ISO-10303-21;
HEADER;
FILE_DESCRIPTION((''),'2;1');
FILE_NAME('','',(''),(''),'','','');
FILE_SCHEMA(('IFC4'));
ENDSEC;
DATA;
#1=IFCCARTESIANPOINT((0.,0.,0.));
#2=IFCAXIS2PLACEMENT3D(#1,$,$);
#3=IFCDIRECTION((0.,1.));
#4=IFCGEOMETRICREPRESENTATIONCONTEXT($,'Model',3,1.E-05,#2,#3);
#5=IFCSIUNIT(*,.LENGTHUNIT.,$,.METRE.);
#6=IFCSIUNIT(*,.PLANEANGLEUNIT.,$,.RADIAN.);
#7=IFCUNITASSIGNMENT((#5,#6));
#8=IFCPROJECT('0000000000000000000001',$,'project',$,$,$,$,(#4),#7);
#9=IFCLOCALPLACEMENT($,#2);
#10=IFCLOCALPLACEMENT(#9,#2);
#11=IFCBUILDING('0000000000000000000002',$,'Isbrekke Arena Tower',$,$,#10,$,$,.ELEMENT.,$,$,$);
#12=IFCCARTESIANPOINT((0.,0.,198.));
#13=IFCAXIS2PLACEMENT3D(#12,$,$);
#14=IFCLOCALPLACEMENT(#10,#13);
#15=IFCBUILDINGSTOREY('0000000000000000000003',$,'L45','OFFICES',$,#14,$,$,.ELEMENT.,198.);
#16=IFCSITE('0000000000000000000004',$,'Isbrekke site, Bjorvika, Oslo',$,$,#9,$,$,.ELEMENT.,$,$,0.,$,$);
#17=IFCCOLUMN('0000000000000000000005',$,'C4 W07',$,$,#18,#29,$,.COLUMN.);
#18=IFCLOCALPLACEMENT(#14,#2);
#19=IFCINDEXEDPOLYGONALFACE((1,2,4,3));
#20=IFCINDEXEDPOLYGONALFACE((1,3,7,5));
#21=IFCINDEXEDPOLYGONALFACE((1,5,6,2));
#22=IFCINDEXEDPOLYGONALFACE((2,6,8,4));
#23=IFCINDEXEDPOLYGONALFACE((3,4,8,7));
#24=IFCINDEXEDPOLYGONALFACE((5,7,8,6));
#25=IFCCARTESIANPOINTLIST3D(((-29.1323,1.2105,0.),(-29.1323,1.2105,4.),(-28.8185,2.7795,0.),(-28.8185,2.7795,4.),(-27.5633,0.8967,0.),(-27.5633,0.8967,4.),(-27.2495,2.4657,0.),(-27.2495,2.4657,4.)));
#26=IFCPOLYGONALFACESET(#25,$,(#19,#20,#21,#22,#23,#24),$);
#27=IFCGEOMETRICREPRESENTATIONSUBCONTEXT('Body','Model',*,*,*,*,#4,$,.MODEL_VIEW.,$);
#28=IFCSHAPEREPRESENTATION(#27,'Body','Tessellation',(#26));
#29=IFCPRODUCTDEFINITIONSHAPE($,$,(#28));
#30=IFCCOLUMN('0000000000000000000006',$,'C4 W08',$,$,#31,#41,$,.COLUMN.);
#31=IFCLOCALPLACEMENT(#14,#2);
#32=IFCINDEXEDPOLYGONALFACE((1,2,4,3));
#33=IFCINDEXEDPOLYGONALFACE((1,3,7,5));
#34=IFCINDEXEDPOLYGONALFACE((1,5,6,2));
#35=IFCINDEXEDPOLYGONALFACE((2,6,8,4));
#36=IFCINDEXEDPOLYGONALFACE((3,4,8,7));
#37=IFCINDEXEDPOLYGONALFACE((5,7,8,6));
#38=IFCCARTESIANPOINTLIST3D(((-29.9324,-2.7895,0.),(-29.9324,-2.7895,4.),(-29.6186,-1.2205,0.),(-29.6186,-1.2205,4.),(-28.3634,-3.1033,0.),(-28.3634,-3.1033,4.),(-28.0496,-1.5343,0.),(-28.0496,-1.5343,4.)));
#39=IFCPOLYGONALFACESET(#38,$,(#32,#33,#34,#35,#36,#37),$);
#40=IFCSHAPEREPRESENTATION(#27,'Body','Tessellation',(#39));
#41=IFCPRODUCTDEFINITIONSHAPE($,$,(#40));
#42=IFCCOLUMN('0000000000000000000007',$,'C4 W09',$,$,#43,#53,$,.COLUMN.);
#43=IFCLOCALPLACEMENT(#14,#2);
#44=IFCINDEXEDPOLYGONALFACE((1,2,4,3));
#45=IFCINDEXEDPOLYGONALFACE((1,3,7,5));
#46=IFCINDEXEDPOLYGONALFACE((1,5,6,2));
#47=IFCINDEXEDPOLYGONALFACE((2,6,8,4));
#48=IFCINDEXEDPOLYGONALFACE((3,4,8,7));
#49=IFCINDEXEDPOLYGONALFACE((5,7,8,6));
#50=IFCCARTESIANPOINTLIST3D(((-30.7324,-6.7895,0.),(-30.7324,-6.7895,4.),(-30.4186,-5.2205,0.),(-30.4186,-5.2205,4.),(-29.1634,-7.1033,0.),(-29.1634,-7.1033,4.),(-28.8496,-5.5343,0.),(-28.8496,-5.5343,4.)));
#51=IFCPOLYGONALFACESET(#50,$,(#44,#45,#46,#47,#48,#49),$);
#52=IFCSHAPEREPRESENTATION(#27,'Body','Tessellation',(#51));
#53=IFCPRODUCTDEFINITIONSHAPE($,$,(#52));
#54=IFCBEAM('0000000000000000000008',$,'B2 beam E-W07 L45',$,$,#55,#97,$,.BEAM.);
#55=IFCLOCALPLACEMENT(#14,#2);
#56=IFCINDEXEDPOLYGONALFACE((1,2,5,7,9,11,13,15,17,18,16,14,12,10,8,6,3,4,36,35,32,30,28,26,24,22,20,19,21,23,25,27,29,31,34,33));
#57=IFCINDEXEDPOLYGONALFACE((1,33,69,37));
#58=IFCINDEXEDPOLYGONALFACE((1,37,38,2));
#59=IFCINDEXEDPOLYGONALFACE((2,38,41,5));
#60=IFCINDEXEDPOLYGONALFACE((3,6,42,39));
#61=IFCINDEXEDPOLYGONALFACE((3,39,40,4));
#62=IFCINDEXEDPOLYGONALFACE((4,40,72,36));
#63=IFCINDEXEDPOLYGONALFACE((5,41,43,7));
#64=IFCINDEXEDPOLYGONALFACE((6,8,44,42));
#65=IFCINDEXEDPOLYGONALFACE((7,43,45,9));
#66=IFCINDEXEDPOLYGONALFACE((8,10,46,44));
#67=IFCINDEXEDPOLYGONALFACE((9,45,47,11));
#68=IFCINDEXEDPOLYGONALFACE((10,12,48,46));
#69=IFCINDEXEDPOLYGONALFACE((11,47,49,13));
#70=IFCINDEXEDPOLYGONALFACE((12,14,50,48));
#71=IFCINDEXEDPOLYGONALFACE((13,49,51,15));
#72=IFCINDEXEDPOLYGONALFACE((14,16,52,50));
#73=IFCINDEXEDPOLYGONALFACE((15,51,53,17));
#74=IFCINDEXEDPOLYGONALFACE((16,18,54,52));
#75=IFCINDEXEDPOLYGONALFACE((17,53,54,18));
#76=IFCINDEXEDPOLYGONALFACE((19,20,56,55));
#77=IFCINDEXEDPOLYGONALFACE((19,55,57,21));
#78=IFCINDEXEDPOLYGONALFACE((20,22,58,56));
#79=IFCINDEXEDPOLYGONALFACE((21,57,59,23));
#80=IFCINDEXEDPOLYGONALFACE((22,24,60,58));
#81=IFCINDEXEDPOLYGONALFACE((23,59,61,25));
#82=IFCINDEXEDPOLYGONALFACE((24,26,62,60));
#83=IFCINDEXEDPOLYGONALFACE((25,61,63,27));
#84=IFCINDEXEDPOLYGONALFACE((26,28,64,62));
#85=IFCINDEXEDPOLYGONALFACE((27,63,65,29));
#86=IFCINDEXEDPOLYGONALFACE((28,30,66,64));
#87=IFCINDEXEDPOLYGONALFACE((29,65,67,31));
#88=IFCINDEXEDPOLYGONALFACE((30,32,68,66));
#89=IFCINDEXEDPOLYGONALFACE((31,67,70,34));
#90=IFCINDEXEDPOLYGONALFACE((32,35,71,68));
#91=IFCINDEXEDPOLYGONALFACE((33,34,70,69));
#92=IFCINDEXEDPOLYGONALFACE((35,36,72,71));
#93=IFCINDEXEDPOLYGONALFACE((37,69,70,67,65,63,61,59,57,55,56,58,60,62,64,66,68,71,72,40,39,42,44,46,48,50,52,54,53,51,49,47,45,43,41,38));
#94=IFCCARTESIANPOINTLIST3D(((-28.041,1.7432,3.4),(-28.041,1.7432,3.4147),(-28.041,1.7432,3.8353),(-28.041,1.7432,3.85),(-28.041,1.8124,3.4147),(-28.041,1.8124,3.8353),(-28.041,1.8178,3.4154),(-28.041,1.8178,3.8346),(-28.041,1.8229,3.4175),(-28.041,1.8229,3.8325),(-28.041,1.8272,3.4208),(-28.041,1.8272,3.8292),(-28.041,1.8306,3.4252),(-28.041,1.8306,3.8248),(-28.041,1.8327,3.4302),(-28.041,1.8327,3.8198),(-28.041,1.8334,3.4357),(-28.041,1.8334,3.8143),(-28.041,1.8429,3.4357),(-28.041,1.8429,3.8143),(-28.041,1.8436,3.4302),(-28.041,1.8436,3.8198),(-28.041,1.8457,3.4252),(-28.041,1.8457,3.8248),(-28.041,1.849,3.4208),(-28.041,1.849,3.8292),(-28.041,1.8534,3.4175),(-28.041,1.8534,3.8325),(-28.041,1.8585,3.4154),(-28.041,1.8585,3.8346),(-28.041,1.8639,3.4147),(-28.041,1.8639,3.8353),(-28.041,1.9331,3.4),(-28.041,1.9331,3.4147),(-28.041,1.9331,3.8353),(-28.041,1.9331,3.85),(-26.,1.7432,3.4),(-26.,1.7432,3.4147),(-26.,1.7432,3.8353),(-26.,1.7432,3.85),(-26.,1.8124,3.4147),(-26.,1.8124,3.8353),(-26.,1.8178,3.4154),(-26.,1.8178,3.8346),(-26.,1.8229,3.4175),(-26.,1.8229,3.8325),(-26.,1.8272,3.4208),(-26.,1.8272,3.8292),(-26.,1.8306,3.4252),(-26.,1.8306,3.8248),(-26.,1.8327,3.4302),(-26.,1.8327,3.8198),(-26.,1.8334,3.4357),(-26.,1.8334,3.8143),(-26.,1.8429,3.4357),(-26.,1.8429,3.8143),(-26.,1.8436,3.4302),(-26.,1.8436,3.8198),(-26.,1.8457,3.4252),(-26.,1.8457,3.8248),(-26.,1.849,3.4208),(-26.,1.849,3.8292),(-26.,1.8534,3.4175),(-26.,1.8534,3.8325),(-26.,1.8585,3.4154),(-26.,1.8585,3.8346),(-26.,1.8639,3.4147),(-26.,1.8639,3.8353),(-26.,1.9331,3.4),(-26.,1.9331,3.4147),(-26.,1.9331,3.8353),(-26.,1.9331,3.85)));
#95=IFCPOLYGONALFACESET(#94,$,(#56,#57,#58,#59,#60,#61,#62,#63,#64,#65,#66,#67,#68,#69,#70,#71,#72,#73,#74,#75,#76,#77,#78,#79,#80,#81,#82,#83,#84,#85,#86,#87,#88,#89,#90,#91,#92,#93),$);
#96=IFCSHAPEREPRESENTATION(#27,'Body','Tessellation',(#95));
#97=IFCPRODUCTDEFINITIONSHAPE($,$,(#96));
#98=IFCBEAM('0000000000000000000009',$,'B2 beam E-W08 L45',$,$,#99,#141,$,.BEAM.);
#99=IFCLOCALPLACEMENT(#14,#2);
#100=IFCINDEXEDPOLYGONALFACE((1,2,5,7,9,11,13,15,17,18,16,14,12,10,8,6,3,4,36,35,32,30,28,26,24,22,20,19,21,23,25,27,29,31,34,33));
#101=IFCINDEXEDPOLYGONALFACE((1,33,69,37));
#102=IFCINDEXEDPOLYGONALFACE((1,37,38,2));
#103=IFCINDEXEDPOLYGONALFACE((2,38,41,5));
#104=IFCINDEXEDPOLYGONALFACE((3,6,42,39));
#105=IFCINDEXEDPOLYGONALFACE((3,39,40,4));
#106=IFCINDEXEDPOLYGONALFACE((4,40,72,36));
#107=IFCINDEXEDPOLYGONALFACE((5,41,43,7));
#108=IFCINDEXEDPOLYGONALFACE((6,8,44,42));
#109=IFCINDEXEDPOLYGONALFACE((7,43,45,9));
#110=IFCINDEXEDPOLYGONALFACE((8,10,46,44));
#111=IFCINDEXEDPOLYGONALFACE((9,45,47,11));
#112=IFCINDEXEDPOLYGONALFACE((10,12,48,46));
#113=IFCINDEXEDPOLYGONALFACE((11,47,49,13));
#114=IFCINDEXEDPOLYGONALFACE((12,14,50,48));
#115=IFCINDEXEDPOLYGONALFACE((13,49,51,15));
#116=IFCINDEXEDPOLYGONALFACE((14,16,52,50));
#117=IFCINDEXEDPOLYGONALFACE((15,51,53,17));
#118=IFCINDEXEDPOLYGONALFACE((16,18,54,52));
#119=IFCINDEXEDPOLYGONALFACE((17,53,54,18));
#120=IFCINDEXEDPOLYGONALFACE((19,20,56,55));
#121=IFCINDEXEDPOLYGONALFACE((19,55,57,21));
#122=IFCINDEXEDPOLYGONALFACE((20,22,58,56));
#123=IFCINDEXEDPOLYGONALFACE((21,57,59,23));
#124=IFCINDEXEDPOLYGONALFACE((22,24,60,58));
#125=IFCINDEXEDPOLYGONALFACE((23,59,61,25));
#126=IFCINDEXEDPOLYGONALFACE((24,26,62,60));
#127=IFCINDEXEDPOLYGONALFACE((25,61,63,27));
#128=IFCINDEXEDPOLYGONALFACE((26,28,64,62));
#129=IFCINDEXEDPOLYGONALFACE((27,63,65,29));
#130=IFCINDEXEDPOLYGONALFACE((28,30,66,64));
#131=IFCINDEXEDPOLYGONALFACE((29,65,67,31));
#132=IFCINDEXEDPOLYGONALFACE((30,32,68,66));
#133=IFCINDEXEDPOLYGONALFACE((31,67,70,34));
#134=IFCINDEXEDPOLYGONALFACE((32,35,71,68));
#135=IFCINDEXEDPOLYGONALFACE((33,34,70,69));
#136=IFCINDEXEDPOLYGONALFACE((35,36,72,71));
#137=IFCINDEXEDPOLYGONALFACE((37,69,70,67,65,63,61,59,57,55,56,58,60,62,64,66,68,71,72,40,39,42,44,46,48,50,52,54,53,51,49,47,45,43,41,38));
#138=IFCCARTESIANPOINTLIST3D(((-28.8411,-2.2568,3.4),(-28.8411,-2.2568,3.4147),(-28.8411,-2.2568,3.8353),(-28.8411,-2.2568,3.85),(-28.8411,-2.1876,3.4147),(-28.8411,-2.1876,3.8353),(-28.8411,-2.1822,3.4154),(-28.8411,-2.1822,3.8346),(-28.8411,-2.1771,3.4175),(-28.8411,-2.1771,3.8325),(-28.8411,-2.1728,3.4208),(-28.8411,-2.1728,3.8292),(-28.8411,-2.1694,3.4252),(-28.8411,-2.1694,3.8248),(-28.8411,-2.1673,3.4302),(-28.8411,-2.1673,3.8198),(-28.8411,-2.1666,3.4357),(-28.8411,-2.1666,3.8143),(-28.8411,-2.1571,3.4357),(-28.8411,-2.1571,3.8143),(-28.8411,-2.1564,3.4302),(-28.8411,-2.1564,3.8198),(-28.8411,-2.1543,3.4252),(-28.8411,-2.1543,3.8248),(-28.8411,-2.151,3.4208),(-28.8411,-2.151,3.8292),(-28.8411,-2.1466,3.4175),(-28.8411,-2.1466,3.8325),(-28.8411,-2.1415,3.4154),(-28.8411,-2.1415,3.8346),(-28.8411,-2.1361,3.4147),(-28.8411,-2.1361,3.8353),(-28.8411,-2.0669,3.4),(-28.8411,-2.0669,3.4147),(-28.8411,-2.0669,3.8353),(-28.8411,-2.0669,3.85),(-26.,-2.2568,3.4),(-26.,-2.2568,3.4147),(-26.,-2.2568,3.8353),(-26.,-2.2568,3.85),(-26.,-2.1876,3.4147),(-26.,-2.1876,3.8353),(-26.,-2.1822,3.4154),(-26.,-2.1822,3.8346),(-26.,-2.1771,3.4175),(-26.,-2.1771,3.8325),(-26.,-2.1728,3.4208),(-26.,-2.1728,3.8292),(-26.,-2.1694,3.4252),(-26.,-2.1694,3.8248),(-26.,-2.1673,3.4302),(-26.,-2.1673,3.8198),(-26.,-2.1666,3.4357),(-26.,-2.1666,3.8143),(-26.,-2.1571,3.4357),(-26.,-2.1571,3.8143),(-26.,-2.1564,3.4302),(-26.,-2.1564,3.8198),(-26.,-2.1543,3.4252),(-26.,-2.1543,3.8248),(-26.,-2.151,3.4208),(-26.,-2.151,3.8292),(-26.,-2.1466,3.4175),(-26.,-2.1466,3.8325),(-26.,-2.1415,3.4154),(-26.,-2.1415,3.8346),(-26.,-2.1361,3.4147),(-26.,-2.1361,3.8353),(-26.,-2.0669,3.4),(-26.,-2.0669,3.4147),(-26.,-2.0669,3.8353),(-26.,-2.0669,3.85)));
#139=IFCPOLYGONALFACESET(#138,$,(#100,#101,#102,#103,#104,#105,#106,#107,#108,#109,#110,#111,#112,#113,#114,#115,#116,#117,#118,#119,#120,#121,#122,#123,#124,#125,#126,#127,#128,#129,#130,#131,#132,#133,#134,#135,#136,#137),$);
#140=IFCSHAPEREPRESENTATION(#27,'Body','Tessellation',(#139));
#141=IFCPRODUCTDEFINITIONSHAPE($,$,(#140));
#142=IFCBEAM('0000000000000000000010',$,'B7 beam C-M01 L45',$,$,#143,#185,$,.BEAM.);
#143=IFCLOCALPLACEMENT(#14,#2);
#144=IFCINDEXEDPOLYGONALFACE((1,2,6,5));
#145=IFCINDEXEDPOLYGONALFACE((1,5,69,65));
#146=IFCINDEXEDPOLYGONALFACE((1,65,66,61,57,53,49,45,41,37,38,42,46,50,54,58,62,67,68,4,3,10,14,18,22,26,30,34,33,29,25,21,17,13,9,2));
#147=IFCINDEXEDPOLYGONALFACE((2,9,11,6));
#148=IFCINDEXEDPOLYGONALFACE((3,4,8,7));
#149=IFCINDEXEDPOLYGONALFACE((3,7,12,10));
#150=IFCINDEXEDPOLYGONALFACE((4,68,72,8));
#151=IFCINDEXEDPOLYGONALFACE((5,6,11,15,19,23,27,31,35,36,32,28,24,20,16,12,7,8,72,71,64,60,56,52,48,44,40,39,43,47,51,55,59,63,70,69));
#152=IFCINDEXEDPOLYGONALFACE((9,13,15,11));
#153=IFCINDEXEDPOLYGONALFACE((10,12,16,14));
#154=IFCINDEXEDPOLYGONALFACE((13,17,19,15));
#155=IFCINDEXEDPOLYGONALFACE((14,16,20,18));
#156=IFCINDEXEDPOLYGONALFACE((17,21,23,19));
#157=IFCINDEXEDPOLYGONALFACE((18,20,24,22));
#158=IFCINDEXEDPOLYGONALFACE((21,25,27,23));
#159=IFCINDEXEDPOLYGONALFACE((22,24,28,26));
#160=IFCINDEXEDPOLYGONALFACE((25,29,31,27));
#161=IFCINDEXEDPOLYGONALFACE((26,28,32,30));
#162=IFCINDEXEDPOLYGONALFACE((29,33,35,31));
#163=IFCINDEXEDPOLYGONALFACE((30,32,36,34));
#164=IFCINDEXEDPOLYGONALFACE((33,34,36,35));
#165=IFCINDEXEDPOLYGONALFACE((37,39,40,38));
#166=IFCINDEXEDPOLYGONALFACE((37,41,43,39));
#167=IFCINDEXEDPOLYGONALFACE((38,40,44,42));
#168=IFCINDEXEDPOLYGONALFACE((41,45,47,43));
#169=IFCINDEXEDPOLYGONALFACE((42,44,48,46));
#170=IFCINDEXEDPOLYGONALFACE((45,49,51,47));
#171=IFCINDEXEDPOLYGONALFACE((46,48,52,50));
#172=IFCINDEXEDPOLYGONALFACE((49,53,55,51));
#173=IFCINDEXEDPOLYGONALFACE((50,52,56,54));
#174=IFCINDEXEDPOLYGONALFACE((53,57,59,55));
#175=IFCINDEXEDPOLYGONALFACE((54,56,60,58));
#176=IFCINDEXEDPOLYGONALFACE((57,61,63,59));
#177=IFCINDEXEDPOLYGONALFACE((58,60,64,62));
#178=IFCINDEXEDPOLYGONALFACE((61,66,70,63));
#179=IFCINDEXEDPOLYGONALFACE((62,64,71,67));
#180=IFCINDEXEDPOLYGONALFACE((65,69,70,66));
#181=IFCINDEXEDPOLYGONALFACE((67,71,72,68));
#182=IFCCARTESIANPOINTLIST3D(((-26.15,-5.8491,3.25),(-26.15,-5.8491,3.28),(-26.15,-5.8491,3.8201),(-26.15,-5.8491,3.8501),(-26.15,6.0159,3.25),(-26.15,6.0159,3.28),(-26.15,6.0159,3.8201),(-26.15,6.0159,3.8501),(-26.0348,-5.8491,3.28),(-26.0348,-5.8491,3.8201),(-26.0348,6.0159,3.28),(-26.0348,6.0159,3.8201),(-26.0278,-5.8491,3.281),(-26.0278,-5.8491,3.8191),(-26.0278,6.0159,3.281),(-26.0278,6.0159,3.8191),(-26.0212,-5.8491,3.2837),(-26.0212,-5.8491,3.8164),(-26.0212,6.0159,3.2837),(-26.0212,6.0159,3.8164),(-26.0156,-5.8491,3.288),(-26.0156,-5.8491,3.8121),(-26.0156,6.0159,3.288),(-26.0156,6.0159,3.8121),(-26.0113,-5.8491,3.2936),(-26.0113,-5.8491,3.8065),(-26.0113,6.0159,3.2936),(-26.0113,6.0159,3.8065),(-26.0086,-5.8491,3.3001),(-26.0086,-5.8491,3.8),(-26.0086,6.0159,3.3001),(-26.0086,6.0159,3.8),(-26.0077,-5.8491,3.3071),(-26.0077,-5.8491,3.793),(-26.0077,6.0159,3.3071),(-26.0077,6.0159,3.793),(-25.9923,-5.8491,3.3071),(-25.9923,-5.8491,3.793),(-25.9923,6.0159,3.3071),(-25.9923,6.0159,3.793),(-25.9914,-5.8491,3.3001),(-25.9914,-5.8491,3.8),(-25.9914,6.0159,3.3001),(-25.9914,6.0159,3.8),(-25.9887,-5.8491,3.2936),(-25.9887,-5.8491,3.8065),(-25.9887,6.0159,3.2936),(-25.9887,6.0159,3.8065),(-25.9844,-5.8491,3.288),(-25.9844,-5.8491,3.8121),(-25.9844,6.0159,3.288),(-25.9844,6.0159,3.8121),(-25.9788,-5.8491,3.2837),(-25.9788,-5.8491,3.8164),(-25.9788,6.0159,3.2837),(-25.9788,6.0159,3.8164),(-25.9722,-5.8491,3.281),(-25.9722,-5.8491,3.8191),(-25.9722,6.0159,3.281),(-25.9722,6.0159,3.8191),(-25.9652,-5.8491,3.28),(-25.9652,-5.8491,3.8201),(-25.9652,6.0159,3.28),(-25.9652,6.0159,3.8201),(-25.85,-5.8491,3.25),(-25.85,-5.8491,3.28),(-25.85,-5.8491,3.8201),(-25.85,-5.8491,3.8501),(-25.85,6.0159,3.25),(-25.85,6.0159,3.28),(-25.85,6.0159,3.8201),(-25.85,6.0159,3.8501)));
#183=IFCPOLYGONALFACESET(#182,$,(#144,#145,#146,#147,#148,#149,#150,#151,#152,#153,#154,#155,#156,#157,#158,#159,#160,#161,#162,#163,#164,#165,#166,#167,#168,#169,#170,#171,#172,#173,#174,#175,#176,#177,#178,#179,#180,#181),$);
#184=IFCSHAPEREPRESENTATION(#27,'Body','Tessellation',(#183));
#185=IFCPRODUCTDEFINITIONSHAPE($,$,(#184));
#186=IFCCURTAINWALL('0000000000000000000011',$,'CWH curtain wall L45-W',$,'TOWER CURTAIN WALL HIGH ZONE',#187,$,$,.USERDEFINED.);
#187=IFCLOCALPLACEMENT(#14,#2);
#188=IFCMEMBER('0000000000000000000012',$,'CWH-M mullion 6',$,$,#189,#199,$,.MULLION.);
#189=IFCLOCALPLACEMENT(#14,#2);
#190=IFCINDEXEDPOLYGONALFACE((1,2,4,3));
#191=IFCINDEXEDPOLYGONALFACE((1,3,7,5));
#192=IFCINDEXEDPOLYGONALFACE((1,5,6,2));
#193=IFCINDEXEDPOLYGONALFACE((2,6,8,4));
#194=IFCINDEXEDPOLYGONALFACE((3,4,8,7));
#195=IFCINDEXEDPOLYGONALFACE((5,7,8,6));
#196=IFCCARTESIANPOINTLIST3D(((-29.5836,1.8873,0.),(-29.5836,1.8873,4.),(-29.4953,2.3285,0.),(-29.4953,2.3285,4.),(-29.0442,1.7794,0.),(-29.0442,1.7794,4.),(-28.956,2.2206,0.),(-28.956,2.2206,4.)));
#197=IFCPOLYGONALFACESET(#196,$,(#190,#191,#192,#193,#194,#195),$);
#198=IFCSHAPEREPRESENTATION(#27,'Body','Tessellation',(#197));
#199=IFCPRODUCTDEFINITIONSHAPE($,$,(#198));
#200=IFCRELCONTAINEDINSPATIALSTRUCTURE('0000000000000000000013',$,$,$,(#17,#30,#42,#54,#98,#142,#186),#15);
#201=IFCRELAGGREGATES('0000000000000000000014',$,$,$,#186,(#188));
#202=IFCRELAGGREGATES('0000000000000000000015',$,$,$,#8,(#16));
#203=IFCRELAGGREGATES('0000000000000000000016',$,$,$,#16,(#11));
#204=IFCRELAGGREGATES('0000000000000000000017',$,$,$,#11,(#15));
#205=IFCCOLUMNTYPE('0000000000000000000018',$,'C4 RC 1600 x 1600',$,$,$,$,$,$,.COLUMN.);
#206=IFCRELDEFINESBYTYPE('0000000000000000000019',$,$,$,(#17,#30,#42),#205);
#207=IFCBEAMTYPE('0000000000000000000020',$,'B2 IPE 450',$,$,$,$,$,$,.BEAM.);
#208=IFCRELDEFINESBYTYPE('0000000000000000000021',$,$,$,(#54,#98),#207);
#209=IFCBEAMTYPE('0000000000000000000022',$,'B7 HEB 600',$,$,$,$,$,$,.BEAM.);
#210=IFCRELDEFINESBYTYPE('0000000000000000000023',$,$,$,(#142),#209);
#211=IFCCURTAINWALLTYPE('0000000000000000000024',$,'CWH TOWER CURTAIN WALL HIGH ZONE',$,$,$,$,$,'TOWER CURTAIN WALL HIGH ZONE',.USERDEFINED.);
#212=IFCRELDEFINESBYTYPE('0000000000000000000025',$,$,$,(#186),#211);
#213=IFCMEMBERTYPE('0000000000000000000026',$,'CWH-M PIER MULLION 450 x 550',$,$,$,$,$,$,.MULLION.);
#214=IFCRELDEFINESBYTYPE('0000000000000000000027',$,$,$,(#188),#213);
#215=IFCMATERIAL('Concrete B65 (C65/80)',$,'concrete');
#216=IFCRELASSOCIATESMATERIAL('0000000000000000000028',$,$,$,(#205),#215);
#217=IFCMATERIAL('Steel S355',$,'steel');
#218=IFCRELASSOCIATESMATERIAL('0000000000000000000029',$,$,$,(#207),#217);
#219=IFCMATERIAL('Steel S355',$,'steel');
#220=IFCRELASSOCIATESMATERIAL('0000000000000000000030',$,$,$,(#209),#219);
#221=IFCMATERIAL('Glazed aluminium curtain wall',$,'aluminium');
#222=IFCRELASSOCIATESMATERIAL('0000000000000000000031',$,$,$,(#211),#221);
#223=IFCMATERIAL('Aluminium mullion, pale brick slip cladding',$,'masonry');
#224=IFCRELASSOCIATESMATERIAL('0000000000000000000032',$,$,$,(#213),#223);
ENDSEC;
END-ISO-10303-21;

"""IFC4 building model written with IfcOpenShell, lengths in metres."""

from ifc_helpers import new_model, si_unit, direction, frame, origin, origin_2d, place, context, subcontext, project, spatial, rectangle, i_section, extrude, material, material_profile, profile_set, type_object, element, aggregate, save


model = new_model("IFC4")

# Units and contexts
model_context = context("Model", 3, precision=1e-05, world=origin(), true_north=direction((0.0, 1.0)))
body_context = subcontext(model_context, "Body", "Model", "MODEL_VIEW")
ifc_project = project(units=[si_unit("LENGTHUNIT", "METRE"), si_unit("PLANEANGLEUNIT", "RADIAN")], contexts=[model_context])

# Site, building, storey
site_placement = place(None, origin())
site = spatial("IfcSite", under=ifc_project, at=site_placement, Name="Isbrekke site, Bjorvika, Oslo", CompositionType="ELEMENT", RefElevation=0.0)
building_placement = place(site_placement, origin())
building = spatial("IfcBuilding", under=site, at=building_placement, Name="Isbrekke Arena Tower", CompositionType="ELEMENT")
storey_placement = place(building_placement, frame((0.0, 0.0, 198.0)))
storey = spatial("IfcBuildingStorey", under=building, at=storey_placement, Name="L45", Description="OFFICES", CompositionType="ELEMENT", Elevation=198.0)

# Columns
ifc_material_1 = material(Name="Concrete B65 (C65/80)", Category="concrete")
ifc_material_profile_1 = material_profile(ifc_material_1, rectangle(XDim=1.6001, YDim=1.6001, at=origin_2d()), Name="RC 1600x1600")
ifc_profile_set_1 = profile_set([ifc_material_profile_1], Name="Concrete B65 (C65/80)")
column_type = type_object("IfcColumnType", Name="C4 RC 1600 x 1600", PredefinedType="COLUMN", material=ifc_profile_set_1)
for number, where, z_axis, x_axis, name in (
    (1, (-28.1909, 1.8381, 0.0), (0.0, 0.0, 1.0), (-0.196116, -0.980581, 0.0), "C4 W07"),
    (2, (-28.991, -2.1619, 0.0), (0.0, 0.0, 1.0), (-0.196116, -0.980581, 0.0), "C4 W08"),
    (3, (-29.791, -6.1619, 0.0), (0.0, 0.0, 1.0), (-0.196116, -0.980581, 0.0), "C4 W09"),
):
    element("IfcColumn", number, at=place(storey_placement, frame(where, z_axis=z_axis, x_axis=x_axis)), inside=storey, type_object=column_type, Name=name, PredefinedType="COLUMN", context=body_context, shape_type="SweptSolid", body=[
        extrude(rectangle(XDim=1.6001, YDim=1.6001, at=origin_2d()), origin(), (0.0, 0.0, 1.0), 4.0),
    ])

# Beams
ifc_material_2 = material(Name="Steel S355", Category="steel")
ifc_material_profile_2 = material_profile(ifc_material_2, i_section(OverallWidth=0.1899, OverallDepth=0.45, WebThickness=0.0095, FlangeThickness=0.0146, FilletRadius=0.021, at=origin_2d()), Name="IPE 450")
ifc_profile_set_2 = profile_set([ifc_material_profile_2], Name="Steel S355")
beam_type_1 = type_object("IfcBeamType", Name="B2 IPE 450", PredefinedType="BEAM", material=ifc_profile_set_2)
beam_1_placement = place(storey_placement, frame((-28.041, 1.8381, 3.625), z_axis=(1.0, 0.0, 0.0), x_axis=(0.0, 1.0, 0.0)))
element("IfcBeam", 4, at=beam_1_placement, inside=storey, type_object=beam_type_1, Name="B2 beam E-W07 L45", PredefinedType="BEAM", context=body_context, shape_type="SweptSolid", body=[
    extrude(i_section(OverallWidth=0.1899, OverallDepth=0.45, WebThickness=0.0095, FlangeThickness=0.0146, FilletRadius=0.021, at=origin_2d()), origin(), (0.0, 0.0, 1.0), 2.041),
])
beam_2_placement = place(storey_placement, frame((-28.8411, -2.1619, 3.625), z_axis=(1.0, 0.0, 0.0), x_axis=(0.0, 1.0, 0.0)))
element("IfcBeam", 5, at=beam_2_placement, inside=storey, type_object=beam_type_1, Name="B2 beam E-W08 L45", PredefinedType="BEAM", context=body_context, shape_type="SweptSolid", body=[
    extrude(i_section(OverallWidth=0.1899, OverallDepth=0.45, WebThickness=0.0095, FlangeThickness=0.0146, FilletRadius=0.021, at=origin_2d()), origin(), (0.0, 0.0, 1.0), 2.8411),
])
ifc_material_3 = material(Name="Steel S355", Category="steel")
ifc_material_profile_3 = material_profile(ifc_material_3, i_section(OverallWidth=0.3, OverallDepth=0.6001, WebThickness=0.0154, FlangeThickness=0.03, FilletRadius=0.0271, at=origin_2d()), Name="HEB 600")
ifc_profile_set_3 = profile_set([ifc_material_profile_3], Name="Steel S355")
beam_type_2 = type_object("IfcBeamType", Name="B7 HEB 600", PredefinedType="BEAM", material=ifc_profile_set_3)
beam_3_placement = place(storey_placement, frame((-26.0, -5.8491, 3.55), z_axis=(0.0, 1.0, 0.0), x_axis=(-1.0, 0.0, 0.0)))
element("IfcBeam", 6, at=beam_3_placement, inside=storey, type_object=beam_type_2, Name="B7 beam C-M01 L45", PredefinedType="BEAM", context=body_context, shape_type="SweptSolid", body=[
    extrude(i_section(OverallWidth=0.3, OverallDepth=0.6001, WebThickness=0.0154, FlangeThickness=0.03, FilletRadius=0.0271, at=origin_2d()), origin(), (0.0, 0.0, 1.0), 11.865),
])

# Curtain wall, member
ifc_material_4 = material(Name="Glazed aluminium curtain wall", Category="aluminium")
curtain_wall_type = type_object("IfcCurtainWallType", Name="CWH TOWER CURTAIN WALL HIGH ZONE", ElementType="TOWER CURTAIN WALL HIGH ZONE", PredefinedType="USERDEFINED", material=ifc_material_4)
curtain_wall_placement = place(storey_placement, origin())
curtain_wall = element("IfcCurtainWall", 7, at=curtain_wall_placement, inside=storey, type_object=curtain_wall_type, Name="CWH curtain wall L45-W", ObjectType="TOWER CURTAIN WALL HIGH ZONE", PredefinedType="USERDEFINED")
ifc_material_5 = material(Name="Aluminium mullion, pale brick slip cladding", Category="masonry")
ifc_material_profile_4 = material_profile(ifc_material_5, rectangle(XDim=0.45, YDim=0.55, at=origin_2d()), Name="PIER 450X550")
ifc_profile_set_4 = profile_set([ifc_material_profile_4], Name="Aluminium mullion, pale brick slip cladding")
member_type_1 = type_object("IfcMemberType", Name="CWH-M PIER MULLION 450 x 550", PredefinedType="MULLION", material=ifc_profile_set_4)
member_1_placement = place(storey_placement, frame((-29.2698, 2.054, 0.0), z_axis=(0.0, 0.0, 1.0), x_axis=(-0.196116, -0.980581, 0.0)))
member_1 = element("IfcMember", 8, at=member_1_placement, type_object=member_type_1, Name="CWH-M mullion 6", PredefinedType="MULLION", context=body_context, shape_type="SweptSolid", body=[
    extrude(rectangle(XDim=0.45, YDim=0.55, at=origin_2d()), origin(), (0.0, 0.0, 1.0), 4.0),
])

aggregate(curtain_wall, [member_1])

save(model, "model.ifc")
